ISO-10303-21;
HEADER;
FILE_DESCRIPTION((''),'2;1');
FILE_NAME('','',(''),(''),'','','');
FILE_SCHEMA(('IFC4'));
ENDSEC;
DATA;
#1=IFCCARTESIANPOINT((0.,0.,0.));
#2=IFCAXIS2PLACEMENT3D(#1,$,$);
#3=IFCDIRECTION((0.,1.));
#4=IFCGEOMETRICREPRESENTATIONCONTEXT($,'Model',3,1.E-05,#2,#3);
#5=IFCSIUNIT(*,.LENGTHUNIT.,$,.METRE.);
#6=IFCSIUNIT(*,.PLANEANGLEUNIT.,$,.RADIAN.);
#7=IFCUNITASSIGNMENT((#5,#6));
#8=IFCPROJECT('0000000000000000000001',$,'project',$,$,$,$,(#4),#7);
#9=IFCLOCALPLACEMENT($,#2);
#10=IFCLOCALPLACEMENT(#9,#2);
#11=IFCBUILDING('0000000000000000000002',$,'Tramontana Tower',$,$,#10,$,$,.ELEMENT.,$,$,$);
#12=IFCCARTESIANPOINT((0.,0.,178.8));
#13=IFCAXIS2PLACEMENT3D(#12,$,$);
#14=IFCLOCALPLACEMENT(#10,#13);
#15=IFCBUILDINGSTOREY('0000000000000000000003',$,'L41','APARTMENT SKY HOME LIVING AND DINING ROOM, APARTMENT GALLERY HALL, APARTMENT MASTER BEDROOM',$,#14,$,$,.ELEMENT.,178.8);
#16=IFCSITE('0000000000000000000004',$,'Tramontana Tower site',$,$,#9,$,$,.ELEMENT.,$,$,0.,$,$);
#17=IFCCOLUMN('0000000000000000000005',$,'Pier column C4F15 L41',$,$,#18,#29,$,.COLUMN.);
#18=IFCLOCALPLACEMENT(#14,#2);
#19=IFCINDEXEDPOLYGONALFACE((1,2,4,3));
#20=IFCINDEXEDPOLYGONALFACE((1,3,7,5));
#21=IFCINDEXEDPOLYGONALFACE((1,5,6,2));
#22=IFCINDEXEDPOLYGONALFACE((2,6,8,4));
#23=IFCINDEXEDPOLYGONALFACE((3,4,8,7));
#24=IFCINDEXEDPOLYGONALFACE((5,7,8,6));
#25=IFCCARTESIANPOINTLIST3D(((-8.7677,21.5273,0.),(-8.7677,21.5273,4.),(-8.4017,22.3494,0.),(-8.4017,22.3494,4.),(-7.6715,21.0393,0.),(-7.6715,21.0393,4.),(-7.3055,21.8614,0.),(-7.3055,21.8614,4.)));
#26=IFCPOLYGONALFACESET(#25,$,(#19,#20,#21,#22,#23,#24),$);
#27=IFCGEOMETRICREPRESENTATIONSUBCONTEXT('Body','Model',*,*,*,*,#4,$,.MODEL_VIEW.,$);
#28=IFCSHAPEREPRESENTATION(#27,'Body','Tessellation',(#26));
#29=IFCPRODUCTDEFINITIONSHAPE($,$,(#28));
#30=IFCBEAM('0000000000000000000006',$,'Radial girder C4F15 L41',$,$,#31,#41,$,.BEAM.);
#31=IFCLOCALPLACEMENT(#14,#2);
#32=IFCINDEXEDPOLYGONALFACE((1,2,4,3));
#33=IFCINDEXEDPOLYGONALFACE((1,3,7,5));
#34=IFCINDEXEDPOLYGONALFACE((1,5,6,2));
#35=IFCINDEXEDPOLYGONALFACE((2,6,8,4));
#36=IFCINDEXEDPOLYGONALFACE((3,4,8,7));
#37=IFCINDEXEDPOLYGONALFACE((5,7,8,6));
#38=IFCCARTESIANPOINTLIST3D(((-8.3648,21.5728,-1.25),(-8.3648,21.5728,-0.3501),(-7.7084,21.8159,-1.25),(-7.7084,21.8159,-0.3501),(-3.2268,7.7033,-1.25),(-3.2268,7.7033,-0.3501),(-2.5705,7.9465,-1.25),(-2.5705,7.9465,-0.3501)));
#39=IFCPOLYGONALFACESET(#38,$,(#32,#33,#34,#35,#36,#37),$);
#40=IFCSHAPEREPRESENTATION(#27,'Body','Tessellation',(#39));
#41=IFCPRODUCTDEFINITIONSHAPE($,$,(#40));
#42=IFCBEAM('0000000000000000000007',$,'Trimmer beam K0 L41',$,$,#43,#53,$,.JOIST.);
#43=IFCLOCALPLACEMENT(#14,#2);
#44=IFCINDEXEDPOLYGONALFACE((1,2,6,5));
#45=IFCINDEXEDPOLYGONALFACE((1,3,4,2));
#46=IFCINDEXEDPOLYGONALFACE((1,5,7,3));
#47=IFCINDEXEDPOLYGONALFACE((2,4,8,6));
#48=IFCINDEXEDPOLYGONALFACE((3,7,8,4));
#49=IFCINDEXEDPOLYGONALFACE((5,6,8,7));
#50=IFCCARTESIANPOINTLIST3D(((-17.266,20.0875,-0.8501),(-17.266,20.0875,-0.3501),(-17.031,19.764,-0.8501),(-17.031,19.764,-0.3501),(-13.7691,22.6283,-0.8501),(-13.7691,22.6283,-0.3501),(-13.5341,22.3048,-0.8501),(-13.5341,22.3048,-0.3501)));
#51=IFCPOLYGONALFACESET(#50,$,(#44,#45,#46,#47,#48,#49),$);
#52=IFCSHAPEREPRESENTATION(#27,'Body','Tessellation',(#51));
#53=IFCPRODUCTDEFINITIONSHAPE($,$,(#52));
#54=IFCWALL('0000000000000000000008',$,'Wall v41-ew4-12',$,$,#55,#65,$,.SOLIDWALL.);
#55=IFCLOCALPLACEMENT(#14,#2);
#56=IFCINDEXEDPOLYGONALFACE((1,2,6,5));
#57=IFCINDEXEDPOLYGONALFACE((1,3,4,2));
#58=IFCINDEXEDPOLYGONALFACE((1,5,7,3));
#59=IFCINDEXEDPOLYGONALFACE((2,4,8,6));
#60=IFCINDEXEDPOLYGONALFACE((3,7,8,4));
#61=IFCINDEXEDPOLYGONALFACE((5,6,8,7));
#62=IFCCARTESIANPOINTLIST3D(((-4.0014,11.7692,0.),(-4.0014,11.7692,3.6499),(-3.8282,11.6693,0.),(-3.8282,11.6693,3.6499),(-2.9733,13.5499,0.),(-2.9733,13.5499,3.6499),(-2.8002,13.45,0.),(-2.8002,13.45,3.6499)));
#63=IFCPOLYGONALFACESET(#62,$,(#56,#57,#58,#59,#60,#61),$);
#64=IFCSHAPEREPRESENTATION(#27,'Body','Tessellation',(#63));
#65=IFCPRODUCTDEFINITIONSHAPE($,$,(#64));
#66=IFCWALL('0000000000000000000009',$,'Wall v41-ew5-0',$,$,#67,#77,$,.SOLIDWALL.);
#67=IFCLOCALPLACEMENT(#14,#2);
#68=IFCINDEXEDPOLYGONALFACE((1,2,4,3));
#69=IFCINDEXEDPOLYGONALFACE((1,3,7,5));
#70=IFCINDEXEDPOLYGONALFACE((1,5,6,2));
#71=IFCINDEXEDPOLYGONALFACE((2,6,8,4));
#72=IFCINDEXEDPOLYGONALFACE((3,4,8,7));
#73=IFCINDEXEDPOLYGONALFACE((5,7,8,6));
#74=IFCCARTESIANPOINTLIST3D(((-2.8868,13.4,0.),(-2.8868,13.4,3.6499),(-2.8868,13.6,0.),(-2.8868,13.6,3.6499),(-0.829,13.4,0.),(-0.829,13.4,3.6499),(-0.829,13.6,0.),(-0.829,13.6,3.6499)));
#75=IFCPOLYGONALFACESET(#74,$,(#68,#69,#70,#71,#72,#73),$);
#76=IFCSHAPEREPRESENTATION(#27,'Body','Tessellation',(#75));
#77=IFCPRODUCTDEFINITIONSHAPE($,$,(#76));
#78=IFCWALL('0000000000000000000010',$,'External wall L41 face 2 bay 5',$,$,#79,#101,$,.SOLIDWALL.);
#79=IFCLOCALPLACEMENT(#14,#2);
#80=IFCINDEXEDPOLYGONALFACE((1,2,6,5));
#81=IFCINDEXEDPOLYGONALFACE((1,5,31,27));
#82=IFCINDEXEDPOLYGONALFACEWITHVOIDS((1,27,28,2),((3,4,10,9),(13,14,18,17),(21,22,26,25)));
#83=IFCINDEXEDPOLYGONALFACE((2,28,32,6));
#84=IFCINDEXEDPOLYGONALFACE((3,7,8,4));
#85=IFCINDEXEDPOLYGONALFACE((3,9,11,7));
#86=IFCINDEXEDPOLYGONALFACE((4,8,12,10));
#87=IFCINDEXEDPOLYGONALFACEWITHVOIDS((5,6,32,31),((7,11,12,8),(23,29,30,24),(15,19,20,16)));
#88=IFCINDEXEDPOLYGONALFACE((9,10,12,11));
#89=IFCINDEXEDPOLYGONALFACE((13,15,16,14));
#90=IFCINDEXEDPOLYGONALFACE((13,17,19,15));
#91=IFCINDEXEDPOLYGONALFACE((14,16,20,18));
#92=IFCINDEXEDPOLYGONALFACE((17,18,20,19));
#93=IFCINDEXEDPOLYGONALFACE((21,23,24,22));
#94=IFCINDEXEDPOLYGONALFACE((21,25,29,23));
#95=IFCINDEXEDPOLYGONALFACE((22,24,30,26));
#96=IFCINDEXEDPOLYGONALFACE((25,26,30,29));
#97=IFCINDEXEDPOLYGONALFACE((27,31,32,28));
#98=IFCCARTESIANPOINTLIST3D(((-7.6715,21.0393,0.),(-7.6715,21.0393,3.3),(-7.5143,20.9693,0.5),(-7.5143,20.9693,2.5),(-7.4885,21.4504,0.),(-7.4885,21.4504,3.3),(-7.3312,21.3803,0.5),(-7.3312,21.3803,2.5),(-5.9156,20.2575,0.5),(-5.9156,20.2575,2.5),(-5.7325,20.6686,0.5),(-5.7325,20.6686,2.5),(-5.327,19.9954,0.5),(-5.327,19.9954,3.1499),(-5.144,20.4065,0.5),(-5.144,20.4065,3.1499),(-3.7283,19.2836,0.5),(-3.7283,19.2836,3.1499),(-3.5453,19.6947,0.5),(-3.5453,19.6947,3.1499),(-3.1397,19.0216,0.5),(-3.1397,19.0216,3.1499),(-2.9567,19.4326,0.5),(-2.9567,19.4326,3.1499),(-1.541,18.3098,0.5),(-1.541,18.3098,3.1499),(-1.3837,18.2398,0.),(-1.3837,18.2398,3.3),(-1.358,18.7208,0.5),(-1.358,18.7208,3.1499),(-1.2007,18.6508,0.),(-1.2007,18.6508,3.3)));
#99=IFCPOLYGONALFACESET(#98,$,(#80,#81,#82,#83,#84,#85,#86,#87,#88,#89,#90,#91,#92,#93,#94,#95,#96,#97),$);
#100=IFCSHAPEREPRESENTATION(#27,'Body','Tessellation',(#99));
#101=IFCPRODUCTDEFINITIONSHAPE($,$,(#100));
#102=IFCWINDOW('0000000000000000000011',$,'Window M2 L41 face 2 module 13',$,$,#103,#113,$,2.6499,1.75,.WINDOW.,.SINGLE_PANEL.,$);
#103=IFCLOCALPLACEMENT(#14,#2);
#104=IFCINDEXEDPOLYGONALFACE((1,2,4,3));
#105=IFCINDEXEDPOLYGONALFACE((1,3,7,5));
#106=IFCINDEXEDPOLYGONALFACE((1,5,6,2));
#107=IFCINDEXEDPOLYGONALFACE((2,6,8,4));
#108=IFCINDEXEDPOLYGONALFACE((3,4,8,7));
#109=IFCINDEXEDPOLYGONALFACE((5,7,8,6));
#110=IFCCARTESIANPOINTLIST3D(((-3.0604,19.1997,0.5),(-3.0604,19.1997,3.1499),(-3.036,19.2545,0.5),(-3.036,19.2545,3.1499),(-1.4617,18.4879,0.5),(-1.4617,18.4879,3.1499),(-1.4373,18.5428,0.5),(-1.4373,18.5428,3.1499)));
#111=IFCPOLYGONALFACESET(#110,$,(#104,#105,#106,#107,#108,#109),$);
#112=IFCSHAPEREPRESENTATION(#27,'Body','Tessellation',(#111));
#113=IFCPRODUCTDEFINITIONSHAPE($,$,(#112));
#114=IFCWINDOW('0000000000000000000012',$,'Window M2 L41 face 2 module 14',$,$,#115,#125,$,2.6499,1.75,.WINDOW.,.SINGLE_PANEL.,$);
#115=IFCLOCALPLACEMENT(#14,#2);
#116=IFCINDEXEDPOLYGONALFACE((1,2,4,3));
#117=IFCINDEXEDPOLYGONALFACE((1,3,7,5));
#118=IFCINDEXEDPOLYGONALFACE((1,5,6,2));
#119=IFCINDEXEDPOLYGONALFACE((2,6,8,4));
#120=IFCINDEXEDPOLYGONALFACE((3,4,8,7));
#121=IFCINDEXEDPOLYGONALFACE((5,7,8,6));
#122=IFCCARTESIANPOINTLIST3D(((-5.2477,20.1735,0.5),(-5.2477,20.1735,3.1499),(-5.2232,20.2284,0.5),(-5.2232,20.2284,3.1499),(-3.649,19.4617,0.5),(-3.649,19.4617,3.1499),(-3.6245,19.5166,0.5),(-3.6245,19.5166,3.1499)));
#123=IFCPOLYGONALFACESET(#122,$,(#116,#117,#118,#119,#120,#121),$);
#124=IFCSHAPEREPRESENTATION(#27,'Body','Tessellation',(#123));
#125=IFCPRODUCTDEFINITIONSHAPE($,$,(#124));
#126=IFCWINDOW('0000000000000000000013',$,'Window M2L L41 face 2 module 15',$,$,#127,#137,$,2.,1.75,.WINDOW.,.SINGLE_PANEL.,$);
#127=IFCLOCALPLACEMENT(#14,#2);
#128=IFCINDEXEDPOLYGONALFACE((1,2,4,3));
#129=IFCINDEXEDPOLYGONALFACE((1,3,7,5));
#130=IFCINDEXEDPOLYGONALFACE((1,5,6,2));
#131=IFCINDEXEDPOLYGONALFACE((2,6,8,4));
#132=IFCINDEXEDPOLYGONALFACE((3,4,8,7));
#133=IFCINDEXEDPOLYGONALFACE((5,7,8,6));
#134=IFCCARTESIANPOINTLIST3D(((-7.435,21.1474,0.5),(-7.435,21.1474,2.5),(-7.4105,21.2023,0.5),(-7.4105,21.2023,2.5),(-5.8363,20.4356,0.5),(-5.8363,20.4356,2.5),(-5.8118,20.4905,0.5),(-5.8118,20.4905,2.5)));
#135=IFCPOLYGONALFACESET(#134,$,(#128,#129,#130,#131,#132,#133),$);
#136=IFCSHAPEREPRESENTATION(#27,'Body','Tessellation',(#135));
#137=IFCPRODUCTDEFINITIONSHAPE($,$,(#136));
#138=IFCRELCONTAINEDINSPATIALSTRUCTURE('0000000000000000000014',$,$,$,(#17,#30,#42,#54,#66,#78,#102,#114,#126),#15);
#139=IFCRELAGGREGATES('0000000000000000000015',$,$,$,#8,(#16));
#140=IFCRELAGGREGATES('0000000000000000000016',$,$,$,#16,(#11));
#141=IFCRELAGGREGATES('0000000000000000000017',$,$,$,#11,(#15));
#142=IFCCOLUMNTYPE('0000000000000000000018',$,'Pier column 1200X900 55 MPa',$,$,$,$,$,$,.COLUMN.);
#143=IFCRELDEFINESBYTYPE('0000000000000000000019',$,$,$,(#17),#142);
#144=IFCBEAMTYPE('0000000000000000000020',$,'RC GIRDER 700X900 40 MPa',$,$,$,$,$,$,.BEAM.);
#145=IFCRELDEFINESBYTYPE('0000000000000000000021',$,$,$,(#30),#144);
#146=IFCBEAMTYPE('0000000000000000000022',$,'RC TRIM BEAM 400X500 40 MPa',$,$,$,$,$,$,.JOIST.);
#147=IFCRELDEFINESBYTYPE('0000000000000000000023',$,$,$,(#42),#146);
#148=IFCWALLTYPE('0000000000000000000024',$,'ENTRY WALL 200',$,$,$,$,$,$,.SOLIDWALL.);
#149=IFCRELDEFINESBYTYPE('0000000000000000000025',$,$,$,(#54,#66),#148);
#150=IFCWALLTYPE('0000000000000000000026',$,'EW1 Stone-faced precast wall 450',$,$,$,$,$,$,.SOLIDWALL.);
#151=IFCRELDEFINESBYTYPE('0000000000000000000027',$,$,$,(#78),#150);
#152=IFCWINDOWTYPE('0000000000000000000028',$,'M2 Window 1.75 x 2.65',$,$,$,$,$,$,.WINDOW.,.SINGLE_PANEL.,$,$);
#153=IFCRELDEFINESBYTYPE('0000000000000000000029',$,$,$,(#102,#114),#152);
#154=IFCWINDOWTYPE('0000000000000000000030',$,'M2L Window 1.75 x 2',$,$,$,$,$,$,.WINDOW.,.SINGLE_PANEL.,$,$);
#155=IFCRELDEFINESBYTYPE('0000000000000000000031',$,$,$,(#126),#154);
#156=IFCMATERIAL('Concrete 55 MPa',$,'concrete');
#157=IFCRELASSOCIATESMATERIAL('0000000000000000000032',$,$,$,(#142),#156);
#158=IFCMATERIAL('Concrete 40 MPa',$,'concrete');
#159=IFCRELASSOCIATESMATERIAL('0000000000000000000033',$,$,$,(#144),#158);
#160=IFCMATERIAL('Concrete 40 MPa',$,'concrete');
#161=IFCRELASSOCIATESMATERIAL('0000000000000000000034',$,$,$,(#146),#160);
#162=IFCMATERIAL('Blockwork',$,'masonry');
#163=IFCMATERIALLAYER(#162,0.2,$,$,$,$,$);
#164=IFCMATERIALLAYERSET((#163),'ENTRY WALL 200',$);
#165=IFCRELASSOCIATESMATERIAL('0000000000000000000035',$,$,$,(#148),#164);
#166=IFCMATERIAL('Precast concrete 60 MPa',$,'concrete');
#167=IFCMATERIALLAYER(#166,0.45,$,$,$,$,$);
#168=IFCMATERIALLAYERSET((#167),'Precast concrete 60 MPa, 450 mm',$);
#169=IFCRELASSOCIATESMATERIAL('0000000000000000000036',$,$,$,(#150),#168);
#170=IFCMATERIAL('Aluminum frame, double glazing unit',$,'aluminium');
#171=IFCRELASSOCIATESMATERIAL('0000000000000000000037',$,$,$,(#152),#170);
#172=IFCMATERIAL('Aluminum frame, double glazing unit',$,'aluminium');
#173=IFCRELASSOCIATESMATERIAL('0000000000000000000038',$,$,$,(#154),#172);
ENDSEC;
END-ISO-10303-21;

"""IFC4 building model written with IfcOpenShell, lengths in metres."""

from ifc_helpers import new_model, si_unit, direction, frame, frame_2d, origin, origin_2d, place, context, subcontext, project, spatial, rectangle, extrude, material, layer, layer_set, material_profile, profile_set, type_object, element, fill, save


model = new_model("IFC4")

# Units and contexts
model_context = context("Model", 3, precision=1e-05, world=origin(), true_north=direction((0.0, 1.0)))
body_context = subcontext(model_context, "Body", "Model", "MODEL_VIEW")
ifc_project = project(units=[si_unit("LENGTHUNIT", "METRE"), si_unit("PLANEANGLEUNIT", "RADIAN")], contexts=[model_context])

# Site, building, storey
site_placement = place(None, origin())
site = spatial("IfcSite", under=ifc_project, at=site_placement, Name="Tramontana Tower site", CompositionType="ELEMENT", RefElevation=0.0)
building_placement = place(site_placement, origin())
building = spatial("IfcBuilding", under=site, at=building_placement, Name="Tramontana Tower", CompositionType="ELEMENT")
storey_placement = place(building_placement, frame((0.0, 0.0, 178.8)))
storey = spatial("IfcBuildingStorey", under=building, at=storey_placement, Name="L41", Description="APARTMENT SKY HOME LIVING AND DINING ROOM, APARTMENT GALLERY HALL, APARTMENT MASTER BEDROOM", CompositionType="ELEMENT", Elevation=178.8)

# Column
ifc_material_1 = material(Name="Concrete 55 MPa", Category="concrete")
ifc_material_profile_1 = material_profile(ifc_material_1, rectangle(XDim=1.2, YDim=0.8999, at=origin_2d()), Name="Pier column 1200X900 55 MPa")
ifc_profile_set_1 = profile_set([ifc_material_profile_1], Name="Concrete 55 MPa")
column_type = type_object("IfcColumnType", Name="Pier column 1200X900 55 MPa", PredefinedType="COLUMN", material=ifc_profile_set_1)
column_placement = place(storey_placement, frame((-8.0366, 21.6943, 0.0), z_axis=(0.0, 0.0, 1.0), x_axis=(-0.913545, 0.406737, 0.0)))
element("IfcColumn", 1, at=column_placement, inside=storey, type_object=column_type, Name="Pier column C4F15 L41", PredefinedType="COLUMN", context=body_context, shape_type="SweptSolid", body=[
    extrude(rectangle(XDim=1.2, YDim=0.8999, at=origin_2d()), origin(), (0.0, 0.0, 1.0), 4.0),
])

# Beams
ifc_material_2 = material(Name="Concrete 40 MPa", Category="concrete")
ifc_material_profile_2 = material_profile(ifc_material_2, rectangle(XDim=0.7, YDim=0.8999, at=origin_2d()), Name="RC GIRDER 700X900 40 MPa")
ifc_profile_set_2 = profile_set([ifc_material_profile_2], Name="Concrete 40 MPa")
beam_type_1 = type_object("IfcBeamType", Name="RC GIRDER 700X900 40 MPa", PredefinedType="BEAM", material=ifc_profile_set_2)
beam_1_placement = place(storey_placement, frame((-8.0366, 21.6943, -0.8), z_axis=(0.347382, -0.937724, 0.0), x_axis=(0.937724, 0.347382, 0.0)))
element("IfcBeam", 2, at=beam_1_placement, inside=storey, type_object=beam_type_1, Name="Radial girder C4F15 L41", PredefinedType="BEAM", context=body_context, shape_type="SweptSolid", body=[
    extrude(rectangle(XDim=0.7, YDim=0.8999, at=origin_2d()), origin(), (0.0, 0.0, 1.0), 14.7905),
])
ifc_material_3 = material(Name="Concrete 40 MPa", Category="concrete")
ifc_material_profile_3 = material_profile(ifc_material_3, rectangle(XDim=0.3999, YDim=0.5, at=origin_2d()), Name="RC TRIM BEAM 400X500 40 MPa")
ifc_profile_set_3 = profile_set([ifc_material_profile_3], Name="Concrete 40 MPa")
beam_type_2 = type_object("IfcBeamType", Name="RC TRIM BEAM 400X500 40 MPa", PredefinedType="JOIST", material=ifc_profile_set_3)
beam_2_placement = place(storey_placement, frame((-13.6516, 22.4666, -0.6001), z_axis=(-0.808997, -0.587812, 0.0), x_axis=(0.587812, -0.808997, 0.0)))
element("IfcBeam", 3, at=beam_2_placement, inside=storey, type_object=beam_type_2, Name="Trimmer beam K0 L41", PredefinedType="JOIST", context=body_context, shape_type="SweptSolid", body=[
    extrude(rectangle(XDim=0.3999, YDim=0.5, at=origin_2d()), origin(), (0.0, 0.0, 1.0), 4.3225),
])

# Walls
ifc_material_4 = material(Name="Blockwork", Category="masonry")
ifc_layer_1 = layer(ifc_material_4, 0.2)
ifc_layer_set_1 = layer_set([ifc_layer_1], Name="ENTRY WALL 200")
wall_type_1 = type_object("IfcWallType", Name="ENTRY WALL 200", PredefinedType="SOLIDWALL", material=ifc_layer_set_1)
wall_1_placement = place(storey_placement, frame((-3.9148, 11.7192, 0.0), z_axis=(0.0, 0.0, 1.0), x_axis=(0.499983, 0.866035, 0.0)))
element("IfcWall", 4, at=wall_1_placement, inside=storey, type_object=wall_type_1, Name="Wall v41-ew4-12", PredefinedType="SOLIDWALL", context=body_context, shape_type="SweptSolid", body=[
    extrude(rectangle(XDim=2.0562, YDim=0.2, at=frame_2d((1.0281, 0.0))), origin(), (0.0, 0.0, 1.0), 3.6499),
])
wall_2_placement = place(storey_placement, frame((-2.8867, 13.5, 0.0), z_axis=(0.0, 0.0, 1.0), x_axis=(1.0, 0.0, 0.0)))
element("IfcWall", 5, at=wall_2_placement, inside=storey, type_object=wall_type_1, Name="Wall v41-ew5-0", PredefinedType="SOLIDWALL", context=body_context, shape_type="SweptSolid", body=[
    extrude(rectangle(XDim=2.0579, YDim=0.2, at=frame_2d((1.0288, 0.0))), origin(), (0.0, 0.0, 1.0), 3.6499),
])

# Wall, openings, windows
ifc_material_5 = material(Name="Precast concrete 60 MPa", Category="concrete")
ifc_layer_2 = layer(ifc_material_5, 0.45)
ifc_layer_set_2 = layer_set([ifc_layer_2], Name="Precast concrete 60 MPa, 450 mm")
wall_type_2 = type_object("IfcWallType", Name="EW1 Stone-faced precast wall 450", PredefinedType="SOLIDWALL", material=ifc_layer_set_2)
wall_3_placement = place(storey_placement, frame((-1.2922, 18.4453, 0.0), z_axis=(0.0, 0.0, 1.0), x_axis=(-0.913544, 0.406741, 0.0)))
wall_3 = element("IfcWall", 6, at=wall_3_placement, inside=storey, type_object=wall_type_2, Name="External wall L41 face 2 bay 5", PredefinedType="SOLIDWALL", context=body_context, shape_type="SweptSolid", body=[
    extrude(rectangle(XDim=6.8828, YDim=0.45, at=frame_2d((3.4414, 0.0))), origin(), (0.0, 0.0, 1.0), 3.3),
])
opening_1_placement = place(wall_3_placement, frame((0.1721, 0.0, 0.5)))
opening_1 = element("IfcOpeningElement", 7, at=opening_1_placement, cuts=wall_3, PredefinedType="OPENING", context=body_context, shape_type="SweptSolid", body=[
    extrude(rectangle(XDim=1.75, YDim=2.6499, at=frame_2d((0.875, 1.325))), frame((0.0, 0.2349, 0.0), z_axis=(0.0, -1.0, 0.0), x_axis=(1.0, 0.0, 0.0)), (0.0, 0.0, 1.0), 0.47),
])
opening_2_placement = place(wall_3_placement, frame((2.5664, 0.0, 0.5)))
opening_2 = element("IfcOpeningElement", 8, at=opening_2_placement, cuts=wall_3, PredefinedType="OPENING", context=body_context, shape_type="SweptSolid", body=[
    extrude(rectangle(XDim=1.75, YDim=2.6499, at=frame_2d((0.875, 1.325))), frame((0.0, 0.2349, 0.0), z_axis=(0.0, -1.0, 0.0), x_axis=(1.0, 0.0, 0.0)), (0.0, 0.0, 1.0), 0.47),
])
opening_3_placement = place(wall_3_placement, frame((4.9607, 0.0, 0.5)))
opening_3 = element("IfcOpeningElement", 9, at=opening_3_placement, cuts=wall_3, PredefinedType="OPENING", context=body_context, shape_type="SweptSolid", body=[
    extrude(rectangle(XDim=1.75, YDim=2.0, at=frame_2d((0.875, 1.0))), frame((0.0, 0.2349, 0.0), z_axis=(0.0, -1.0, 0.0), x_axis=(1.0, 0.0, 0.0)), (0.0, 0.0, 1.0), 0.47),
])
ifc_material_6 = material(Name="Aluminum frame, double glazing unit", Category="aluminium")
window_type_1 = type_object("IfcWindowType", Name="M2 Window 1.75 x 2.65", PartitioningType="SINGLE_PANEL", PredefinedType="WINDOW", material=ifc_material_6)
window_1_placement = place(opening_1_placement, origin())
window_1 = element("IfcWindow", 10, at=window_1_placement, inside=storey, type_object=window_type_1, Name="Window M2 L41 face 2 module 13", OverallHeight=2.6499, OverallWidth=1.75, PartitioningType="SINGLE_PANEL", PredefinedType="WINDOW", context=body_context, shape_type="SweptSolid", body=[
    extrude(rectangle(XDim=1.75, YDim=2.6499, at=frame_2d((0.875, 1.325))), frame((0.0, 0.03, 0.0), z_axis=(0.0, -1.0, 0.0), x_axis=(1.0, 0.0, 0.0)), (0.0, 0.0, 1.0), 0.0601),
])
fill(opening_1, window_1)
window_2_placement = place(opening_2_placement, origin())
window_2 = element("IfcWindow", 11, at=window_2_placement, inside=storey, type_object=window_type_1, Name="Window M2 L41 face 2 module 14", OverallHeight=2.6499, OverallWidth=1.75, PartitioningType="SINGLE_PANEL", PredefinedType="WINDOW", context=body_context, shape_type="SweptSolid", body=[
    extrude(rectangle(XDim=1.75, YDim=2.6499, at=frame_2d((0.875, 1.325))), frame((0.0, 0.03, 0.0), z_axis=(0.0, -1.0, 0.0), x_axis=(1.0, 0.0, 0.0)), (0.0, 0.0, 1.0), 0.0601),
])
fill(opening_2, window_2)
ifc_material_7 = material(Name="Aluminum frame, double glazing unit", Category="aluminium")
window_type_2 = type_object("IfcWindowType", Name="M2L Window 1.75 x 2", PartitioningType="SINGLE_PANEL", PredefinedType="WINDOW", material=ifc_material_7)
window_3_placement = place(opening_3_placement, origin())
window_3 = element("IfcWindow", 12, at=window_3_placement, inside=storey, type_object=window_type_2, Name="Window M2L L41 face 2 module 15", OverallHeight=2.0, OverallWidth=1.75, PartitioningType="SINGLE_PANEL", PredefinedType="WINDOW", context=body_context, shape_type="SweptSolid", body=[
    extrude(rectangle(XDim=1.75, YDim=2.0, at=frame_2d((0.875, 1.0))), frame((0.0, 0.03, 0.0), z_axis=(0.0, -1.0, 0.0), x_axis=(1.0, 0.0, 0.0)), (0.0, 0.0, 1.0), 0.0601),
])
fill(opening_3, window_3)

save(model, "model.ifc")
